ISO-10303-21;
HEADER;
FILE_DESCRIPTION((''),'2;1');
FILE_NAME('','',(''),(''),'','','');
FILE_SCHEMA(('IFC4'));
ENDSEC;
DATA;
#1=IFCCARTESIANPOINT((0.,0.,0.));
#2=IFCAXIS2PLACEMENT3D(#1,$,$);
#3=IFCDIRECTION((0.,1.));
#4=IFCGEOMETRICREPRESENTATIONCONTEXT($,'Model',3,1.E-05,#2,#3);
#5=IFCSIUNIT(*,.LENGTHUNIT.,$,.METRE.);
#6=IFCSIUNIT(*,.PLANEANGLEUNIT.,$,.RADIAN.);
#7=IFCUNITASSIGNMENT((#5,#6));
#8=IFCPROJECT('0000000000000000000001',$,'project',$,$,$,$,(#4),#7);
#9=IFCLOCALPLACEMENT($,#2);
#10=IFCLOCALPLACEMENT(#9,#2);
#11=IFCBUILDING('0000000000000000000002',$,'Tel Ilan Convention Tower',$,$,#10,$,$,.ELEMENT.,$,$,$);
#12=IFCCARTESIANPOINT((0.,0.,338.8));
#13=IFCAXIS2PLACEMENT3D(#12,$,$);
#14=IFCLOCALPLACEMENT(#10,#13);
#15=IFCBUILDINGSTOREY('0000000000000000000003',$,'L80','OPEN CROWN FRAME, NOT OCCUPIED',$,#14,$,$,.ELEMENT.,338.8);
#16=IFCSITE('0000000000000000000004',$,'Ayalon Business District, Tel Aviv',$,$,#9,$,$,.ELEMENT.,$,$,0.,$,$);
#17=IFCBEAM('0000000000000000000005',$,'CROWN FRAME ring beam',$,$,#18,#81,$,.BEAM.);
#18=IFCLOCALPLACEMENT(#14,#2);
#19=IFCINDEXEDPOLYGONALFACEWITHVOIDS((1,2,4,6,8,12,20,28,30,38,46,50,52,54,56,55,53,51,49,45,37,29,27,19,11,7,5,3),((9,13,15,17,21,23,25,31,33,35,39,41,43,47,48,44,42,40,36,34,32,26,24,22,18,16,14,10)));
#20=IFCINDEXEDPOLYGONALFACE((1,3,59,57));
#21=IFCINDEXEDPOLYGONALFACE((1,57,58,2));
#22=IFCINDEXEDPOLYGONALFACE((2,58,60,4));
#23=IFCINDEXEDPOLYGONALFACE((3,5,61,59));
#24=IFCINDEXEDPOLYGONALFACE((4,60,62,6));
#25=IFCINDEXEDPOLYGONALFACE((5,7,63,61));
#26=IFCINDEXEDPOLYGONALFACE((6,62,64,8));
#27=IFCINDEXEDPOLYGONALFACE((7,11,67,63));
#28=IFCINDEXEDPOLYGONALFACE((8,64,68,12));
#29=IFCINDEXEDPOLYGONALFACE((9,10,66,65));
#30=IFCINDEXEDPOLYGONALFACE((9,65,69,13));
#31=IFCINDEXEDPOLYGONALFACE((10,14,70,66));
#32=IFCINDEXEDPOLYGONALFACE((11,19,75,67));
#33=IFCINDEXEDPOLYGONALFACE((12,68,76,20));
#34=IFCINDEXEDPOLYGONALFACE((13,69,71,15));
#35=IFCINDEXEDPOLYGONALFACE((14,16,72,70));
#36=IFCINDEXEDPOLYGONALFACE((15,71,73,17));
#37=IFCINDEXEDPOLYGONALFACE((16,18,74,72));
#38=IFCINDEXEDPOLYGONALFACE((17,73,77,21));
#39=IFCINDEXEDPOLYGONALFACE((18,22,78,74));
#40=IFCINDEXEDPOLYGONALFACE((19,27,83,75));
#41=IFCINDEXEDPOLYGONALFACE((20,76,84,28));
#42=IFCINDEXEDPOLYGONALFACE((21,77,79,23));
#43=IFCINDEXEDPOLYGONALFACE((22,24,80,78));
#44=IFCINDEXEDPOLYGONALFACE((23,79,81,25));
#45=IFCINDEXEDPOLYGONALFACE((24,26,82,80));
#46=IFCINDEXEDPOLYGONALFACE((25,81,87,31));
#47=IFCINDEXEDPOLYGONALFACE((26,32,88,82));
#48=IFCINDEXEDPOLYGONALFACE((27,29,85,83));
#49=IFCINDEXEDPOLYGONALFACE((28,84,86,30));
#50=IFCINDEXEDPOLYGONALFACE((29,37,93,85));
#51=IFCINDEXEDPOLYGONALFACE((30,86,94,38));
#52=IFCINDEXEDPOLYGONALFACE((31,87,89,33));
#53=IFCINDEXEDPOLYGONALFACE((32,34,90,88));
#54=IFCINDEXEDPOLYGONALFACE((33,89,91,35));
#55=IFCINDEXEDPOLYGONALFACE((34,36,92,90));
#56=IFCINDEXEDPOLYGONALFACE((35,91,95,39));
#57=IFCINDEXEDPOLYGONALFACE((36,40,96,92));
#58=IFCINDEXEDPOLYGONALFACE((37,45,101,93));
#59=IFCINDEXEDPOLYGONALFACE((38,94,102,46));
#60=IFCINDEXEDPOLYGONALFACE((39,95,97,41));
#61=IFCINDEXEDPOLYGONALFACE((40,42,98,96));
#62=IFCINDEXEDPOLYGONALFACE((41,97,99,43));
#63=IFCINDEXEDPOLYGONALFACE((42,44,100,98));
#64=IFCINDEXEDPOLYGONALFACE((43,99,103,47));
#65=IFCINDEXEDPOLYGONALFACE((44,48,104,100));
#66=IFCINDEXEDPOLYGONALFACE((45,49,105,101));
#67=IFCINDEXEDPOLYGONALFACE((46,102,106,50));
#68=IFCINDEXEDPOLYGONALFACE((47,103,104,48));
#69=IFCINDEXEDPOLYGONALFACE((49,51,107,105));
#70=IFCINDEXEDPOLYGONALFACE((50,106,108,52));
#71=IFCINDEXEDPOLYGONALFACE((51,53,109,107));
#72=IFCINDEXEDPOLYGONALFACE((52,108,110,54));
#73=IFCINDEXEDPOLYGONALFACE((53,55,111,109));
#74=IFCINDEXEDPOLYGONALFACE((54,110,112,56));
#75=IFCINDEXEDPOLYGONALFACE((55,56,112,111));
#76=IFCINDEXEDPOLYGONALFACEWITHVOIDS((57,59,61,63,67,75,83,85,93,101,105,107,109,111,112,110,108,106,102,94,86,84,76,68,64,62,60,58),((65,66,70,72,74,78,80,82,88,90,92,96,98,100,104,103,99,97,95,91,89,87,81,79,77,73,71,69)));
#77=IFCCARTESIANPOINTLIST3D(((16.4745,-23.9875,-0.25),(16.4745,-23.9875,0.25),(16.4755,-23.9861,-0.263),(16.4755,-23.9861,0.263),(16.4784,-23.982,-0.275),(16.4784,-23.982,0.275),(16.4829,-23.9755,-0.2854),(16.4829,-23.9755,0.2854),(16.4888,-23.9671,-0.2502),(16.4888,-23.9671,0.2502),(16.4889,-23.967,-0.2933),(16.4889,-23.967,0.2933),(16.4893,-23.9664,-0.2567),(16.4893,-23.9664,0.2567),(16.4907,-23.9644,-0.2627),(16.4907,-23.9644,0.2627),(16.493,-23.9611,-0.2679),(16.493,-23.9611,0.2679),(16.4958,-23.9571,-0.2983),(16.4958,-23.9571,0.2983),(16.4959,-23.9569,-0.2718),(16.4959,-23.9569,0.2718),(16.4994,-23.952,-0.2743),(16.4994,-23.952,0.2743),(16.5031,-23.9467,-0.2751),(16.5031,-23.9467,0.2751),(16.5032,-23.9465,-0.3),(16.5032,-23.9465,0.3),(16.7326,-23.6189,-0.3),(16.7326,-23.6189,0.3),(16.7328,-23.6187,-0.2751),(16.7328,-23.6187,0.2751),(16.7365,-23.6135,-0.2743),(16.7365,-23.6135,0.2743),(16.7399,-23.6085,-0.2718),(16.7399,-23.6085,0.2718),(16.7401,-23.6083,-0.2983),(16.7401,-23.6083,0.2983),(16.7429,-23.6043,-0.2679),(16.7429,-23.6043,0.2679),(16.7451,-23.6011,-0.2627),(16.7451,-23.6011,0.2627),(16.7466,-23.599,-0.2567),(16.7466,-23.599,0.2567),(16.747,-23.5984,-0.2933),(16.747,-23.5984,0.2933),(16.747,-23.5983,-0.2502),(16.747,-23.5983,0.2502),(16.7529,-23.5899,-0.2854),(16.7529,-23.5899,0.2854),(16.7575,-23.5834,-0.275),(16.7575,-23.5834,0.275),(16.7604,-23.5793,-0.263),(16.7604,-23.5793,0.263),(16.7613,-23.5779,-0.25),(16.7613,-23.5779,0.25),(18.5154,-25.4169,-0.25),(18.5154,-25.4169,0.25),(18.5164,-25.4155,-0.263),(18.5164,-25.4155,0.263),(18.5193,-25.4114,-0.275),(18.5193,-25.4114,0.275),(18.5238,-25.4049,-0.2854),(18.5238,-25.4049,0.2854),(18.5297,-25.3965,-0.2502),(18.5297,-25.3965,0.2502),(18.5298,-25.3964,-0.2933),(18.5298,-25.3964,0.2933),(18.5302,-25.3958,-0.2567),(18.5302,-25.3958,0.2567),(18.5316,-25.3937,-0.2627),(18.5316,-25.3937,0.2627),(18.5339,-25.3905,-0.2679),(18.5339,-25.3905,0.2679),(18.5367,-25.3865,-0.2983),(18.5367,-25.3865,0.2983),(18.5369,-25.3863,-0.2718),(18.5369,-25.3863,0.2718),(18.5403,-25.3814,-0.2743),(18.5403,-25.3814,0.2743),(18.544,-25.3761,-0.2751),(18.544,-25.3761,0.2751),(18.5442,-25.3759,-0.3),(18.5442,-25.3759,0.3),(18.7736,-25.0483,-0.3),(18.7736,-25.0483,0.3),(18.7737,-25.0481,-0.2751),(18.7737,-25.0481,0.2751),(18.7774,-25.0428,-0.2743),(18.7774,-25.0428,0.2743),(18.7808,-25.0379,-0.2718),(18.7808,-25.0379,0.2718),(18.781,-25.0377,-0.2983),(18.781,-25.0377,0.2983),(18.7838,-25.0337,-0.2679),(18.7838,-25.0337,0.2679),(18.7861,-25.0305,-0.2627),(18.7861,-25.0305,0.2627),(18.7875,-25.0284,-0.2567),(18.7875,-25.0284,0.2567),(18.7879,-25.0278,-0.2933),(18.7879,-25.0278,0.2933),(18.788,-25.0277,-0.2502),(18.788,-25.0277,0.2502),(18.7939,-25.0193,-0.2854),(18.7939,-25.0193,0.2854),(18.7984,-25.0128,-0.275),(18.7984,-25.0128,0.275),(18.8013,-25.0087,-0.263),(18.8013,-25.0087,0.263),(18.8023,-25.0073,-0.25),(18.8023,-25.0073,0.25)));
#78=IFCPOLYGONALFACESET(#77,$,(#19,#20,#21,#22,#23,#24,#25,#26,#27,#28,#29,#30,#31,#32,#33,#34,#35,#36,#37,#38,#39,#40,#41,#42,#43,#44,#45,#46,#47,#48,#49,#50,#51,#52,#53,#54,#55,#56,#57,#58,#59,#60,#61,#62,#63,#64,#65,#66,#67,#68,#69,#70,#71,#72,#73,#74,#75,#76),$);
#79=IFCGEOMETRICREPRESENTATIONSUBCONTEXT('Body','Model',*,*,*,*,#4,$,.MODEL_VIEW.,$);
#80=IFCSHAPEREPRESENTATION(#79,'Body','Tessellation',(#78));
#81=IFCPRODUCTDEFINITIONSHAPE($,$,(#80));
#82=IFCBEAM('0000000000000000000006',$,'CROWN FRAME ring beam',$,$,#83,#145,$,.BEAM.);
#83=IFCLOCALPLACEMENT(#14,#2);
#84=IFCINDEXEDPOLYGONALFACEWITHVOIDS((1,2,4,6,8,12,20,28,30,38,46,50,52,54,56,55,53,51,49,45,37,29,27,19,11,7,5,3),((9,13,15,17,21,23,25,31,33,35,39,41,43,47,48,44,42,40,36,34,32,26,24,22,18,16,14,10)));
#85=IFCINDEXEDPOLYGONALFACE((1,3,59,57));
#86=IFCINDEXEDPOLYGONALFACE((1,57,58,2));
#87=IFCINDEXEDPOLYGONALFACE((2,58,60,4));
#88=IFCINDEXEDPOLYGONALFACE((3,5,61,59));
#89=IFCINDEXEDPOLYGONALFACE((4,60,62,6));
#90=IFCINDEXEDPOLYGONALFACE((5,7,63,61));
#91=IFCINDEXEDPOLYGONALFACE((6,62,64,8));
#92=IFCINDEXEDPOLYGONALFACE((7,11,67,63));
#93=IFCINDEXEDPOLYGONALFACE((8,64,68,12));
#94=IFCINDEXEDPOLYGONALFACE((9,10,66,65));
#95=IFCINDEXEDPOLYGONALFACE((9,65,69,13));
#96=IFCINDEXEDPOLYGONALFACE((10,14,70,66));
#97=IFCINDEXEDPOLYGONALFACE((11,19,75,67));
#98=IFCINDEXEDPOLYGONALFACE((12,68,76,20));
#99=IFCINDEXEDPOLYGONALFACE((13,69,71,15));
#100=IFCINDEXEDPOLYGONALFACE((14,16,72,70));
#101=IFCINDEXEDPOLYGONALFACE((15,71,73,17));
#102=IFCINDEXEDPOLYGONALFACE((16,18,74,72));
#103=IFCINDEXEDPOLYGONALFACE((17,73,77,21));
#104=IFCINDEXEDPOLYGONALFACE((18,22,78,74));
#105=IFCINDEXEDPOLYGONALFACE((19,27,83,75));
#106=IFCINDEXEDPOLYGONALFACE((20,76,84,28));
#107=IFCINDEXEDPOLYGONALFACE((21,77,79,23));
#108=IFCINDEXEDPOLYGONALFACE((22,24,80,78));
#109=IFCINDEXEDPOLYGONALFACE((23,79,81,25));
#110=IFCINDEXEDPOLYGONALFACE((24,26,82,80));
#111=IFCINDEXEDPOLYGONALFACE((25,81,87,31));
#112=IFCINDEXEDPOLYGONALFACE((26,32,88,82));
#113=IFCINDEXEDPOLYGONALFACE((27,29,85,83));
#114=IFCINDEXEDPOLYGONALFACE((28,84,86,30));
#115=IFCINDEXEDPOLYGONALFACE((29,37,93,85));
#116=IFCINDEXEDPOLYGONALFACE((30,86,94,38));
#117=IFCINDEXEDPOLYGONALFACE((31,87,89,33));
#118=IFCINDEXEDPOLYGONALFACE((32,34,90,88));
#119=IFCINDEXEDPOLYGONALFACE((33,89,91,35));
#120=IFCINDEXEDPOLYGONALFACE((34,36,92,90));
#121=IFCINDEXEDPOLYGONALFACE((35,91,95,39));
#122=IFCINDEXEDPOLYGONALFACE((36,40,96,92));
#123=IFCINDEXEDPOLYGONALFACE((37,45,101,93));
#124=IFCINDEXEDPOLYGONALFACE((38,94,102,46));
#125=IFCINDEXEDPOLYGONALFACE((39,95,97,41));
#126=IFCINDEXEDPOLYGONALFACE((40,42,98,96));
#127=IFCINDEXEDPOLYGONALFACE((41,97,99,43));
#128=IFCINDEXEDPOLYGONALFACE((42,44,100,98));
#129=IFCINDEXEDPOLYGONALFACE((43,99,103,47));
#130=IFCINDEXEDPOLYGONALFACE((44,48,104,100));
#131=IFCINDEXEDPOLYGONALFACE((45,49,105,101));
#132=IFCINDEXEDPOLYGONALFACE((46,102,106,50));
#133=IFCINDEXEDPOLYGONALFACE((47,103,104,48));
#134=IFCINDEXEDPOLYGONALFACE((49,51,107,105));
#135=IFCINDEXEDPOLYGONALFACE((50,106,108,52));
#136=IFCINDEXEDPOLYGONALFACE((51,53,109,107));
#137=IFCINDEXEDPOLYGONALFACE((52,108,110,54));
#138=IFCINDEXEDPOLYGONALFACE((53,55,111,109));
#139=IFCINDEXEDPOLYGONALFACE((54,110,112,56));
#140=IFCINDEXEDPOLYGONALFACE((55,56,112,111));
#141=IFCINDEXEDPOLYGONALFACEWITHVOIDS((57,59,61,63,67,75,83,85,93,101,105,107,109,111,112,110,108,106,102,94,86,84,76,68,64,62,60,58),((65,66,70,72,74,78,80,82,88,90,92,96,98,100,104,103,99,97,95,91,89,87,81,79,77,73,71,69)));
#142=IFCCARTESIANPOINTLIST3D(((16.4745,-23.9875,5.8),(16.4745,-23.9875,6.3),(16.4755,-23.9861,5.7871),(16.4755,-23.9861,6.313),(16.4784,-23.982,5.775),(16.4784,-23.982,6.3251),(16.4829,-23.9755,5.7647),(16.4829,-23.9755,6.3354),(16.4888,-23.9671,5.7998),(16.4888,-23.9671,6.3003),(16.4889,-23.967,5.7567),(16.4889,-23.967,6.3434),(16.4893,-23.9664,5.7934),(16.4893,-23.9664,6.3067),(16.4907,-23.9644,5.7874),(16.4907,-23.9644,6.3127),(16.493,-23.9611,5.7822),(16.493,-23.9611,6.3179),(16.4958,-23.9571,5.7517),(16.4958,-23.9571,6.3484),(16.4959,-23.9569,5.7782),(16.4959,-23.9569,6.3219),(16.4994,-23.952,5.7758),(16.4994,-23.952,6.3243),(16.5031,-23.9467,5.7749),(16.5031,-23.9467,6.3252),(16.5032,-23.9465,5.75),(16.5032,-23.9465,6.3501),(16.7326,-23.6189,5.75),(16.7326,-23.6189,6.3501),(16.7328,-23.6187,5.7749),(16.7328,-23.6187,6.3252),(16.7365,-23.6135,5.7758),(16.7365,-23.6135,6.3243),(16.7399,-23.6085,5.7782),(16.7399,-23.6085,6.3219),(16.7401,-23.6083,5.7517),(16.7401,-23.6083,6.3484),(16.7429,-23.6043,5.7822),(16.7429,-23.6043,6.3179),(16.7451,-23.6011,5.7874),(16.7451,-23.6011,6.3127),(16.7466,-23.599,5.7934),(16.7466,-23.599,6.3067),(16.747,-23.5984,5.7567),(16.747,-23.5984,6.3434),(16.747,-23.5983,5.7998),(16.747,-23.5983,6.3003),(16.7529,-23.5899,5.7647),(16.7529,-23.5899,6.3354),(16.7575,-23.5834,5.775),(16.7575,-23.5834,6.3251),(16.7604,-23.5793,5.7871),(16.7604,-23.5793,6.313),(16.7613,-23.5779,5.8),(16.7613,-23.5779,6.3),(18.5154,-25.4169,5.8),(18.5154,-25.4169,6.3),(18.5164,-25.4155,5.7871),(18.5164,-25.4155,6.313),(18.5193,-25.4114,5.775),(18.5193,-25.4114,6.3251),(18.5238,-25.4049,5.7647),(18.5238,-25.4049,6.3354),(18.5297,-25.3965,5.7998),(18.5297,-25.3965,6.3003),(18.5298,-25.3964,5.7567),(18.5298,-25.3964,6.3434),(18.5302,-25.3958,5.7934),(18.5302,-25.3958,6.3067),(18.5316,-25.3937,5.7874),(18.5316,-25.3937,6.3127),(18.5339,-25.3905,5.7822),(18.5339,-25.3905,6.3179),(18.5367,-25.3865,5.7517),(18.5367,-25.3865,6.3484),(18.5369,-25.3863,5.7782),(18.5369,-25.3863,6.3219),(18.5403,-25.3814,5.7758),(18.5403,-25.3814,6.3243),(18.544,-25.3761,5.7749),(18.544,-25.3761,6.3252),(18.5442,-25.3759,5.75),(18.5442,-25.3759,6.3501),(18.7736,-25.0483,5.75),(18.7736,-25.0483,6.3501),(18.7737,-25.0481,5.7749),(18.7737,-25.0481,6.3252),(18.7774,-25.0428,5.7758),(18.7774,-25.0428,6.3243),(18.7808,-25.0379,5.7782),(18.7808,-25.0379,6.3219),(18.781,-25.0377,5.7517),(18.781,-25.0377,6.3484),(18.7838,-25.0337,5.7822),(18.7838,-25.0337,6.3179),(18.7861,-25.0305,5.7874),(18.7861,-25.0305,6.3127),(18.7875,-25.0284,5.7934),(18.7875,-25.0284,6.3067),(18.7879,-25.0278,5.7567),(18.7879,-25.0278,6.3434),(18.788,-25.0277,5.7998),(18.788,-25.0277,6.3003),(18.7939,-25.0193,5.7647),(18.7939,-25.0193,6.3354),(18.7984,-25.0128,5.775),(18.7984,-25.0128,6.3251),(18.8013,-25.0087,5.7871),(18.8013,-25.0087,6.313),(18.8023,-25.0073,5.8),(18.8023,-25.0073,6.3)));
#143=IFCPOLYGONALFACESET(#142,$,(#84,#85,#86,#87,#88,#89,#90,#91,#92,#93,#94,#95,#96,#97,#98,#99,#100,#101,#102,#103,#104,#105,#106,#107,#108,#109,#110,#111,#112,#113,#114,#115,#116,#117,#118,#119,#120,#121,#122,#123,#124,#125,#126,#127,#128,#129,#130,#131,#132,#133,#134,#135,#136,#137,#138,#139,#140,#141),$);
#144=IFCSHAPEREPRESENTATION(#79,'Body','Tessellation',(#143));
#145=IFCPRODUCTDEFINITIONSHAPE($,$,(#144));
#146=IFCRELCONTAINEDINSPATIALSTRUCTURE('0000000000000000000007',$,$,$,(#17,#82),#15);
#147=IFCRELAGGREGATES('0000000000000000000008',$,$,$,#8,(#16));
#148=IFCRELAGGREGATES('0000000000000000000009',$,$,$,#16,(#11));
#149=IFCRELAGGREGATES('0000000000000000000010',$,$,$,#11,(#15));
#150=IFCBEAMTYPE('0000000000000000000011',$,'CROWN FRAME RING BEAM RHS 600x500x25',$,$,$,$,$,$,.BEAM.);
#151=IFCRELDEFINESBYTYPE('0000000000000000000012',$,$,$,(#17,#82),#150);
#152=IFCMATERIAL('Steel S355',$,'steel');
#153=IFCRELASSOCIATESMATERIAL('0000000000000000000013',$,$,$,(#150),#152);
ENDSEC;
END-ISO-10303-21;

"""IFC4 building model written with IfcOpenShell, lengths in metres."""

from ifc_helpers import new_model, si_unit, direction, frame, origin, origin_2d, place, context, subcontext, project, spatial, hollow_rectangle, extrude, material, material_profile, profile_set, type_object, element, save


model = new_model("IFC4")

# Units and contexts
model_context = context("Model", 3, precision=1e-05, world=origin(), true_north=direction((0.0, 1.0)))
body_context = subcontext(model_context, "Body", "Model", "MODEL_VIEW")
ifc_project = project(units=[si_unit("LENGTHUNIT", "METRE"), si_unit("PLANEANGLEUNIT", "RADIAN")], contexts=[model_context])

# Site, building, storey
site_placement = place(None, origin())
site = spatial("IfcSite", under=ifc_project, at=site_placement, Name="Ayalon Business District, Tel Aviv", CompositionType="ELEMENT", RefElevation=0.0)
building_placement = place(site_placement, origin())
building = spatial("IfcBuilding", under=site, at=building_placement, Name="Tel Ilan Convention Tower", CompositionType="ELEMENT")
storey_placement = place(building_placement, frame((0.0, 0.0, 338.8)))
storey = spatial("IfcBuildingStorey", under=building, at=storey_placement, Name="L80", Description="OPEN CROWN FRAME, NOT OCCUPIED", CompositionType="ELEMENT", Elevation=338.8)

# Beams
ifc_material_1 = material(Name="Steel S355", Category="steel")
ifc_material_profile_1 = material_profile(ifc_material_1, hollow_rectangle(XDim=0.5, YDim=0.6001, WallThickness=0.0249, InnerFilletRadius=0.0249, OuterFilletRadius=0.05, at=origin_2d()), Name="RHS 600x500x25")
ifc_profile_set_1 = profile_set([ifc_material_profile_1], Name="Steel S355")
beam_type = type_object("IfcBeamType", Name="CROWN FRAME RING BEAM RHS 600x500x25", PredefinedType="BEAM", material=ifc_profile_set_1)
for number, where, z_axis, x_axis, name in (
    (1, (16.6179, -23.7827, 0.0), (0.819094, -0.57366, 0.0), (0.57366, 0.819094, 0.0), "CROWN FRAME ring beam"),
    (2, (16.6179, -23.7827, 6.05), (0.819094, -0.57366, 0.0), (0.57366, 0.819094, 0.0), "CROWN FRAME ring beam"),
):
    element("IfcBeam", number, at=place(storey_placement, frame(where, z_axis=z_axis, x_axis=x_axis)), inside=storey, type_object=beam_type, Name=name, PredefinedType="BEAM", context=body_context, shape_type="SweptSolid", body=[
        extrude(hollow_rectangle(XDim=0.5, YDim=0.6001, WallThickness=0.0249, InnerFilletRadius=0.0249, OuterFilletRadius=0.05, at=origin_2d()), origin(), (0.0, 0.0, 1.0), 2.4917),
    ])

save(model, "model.ifc")
